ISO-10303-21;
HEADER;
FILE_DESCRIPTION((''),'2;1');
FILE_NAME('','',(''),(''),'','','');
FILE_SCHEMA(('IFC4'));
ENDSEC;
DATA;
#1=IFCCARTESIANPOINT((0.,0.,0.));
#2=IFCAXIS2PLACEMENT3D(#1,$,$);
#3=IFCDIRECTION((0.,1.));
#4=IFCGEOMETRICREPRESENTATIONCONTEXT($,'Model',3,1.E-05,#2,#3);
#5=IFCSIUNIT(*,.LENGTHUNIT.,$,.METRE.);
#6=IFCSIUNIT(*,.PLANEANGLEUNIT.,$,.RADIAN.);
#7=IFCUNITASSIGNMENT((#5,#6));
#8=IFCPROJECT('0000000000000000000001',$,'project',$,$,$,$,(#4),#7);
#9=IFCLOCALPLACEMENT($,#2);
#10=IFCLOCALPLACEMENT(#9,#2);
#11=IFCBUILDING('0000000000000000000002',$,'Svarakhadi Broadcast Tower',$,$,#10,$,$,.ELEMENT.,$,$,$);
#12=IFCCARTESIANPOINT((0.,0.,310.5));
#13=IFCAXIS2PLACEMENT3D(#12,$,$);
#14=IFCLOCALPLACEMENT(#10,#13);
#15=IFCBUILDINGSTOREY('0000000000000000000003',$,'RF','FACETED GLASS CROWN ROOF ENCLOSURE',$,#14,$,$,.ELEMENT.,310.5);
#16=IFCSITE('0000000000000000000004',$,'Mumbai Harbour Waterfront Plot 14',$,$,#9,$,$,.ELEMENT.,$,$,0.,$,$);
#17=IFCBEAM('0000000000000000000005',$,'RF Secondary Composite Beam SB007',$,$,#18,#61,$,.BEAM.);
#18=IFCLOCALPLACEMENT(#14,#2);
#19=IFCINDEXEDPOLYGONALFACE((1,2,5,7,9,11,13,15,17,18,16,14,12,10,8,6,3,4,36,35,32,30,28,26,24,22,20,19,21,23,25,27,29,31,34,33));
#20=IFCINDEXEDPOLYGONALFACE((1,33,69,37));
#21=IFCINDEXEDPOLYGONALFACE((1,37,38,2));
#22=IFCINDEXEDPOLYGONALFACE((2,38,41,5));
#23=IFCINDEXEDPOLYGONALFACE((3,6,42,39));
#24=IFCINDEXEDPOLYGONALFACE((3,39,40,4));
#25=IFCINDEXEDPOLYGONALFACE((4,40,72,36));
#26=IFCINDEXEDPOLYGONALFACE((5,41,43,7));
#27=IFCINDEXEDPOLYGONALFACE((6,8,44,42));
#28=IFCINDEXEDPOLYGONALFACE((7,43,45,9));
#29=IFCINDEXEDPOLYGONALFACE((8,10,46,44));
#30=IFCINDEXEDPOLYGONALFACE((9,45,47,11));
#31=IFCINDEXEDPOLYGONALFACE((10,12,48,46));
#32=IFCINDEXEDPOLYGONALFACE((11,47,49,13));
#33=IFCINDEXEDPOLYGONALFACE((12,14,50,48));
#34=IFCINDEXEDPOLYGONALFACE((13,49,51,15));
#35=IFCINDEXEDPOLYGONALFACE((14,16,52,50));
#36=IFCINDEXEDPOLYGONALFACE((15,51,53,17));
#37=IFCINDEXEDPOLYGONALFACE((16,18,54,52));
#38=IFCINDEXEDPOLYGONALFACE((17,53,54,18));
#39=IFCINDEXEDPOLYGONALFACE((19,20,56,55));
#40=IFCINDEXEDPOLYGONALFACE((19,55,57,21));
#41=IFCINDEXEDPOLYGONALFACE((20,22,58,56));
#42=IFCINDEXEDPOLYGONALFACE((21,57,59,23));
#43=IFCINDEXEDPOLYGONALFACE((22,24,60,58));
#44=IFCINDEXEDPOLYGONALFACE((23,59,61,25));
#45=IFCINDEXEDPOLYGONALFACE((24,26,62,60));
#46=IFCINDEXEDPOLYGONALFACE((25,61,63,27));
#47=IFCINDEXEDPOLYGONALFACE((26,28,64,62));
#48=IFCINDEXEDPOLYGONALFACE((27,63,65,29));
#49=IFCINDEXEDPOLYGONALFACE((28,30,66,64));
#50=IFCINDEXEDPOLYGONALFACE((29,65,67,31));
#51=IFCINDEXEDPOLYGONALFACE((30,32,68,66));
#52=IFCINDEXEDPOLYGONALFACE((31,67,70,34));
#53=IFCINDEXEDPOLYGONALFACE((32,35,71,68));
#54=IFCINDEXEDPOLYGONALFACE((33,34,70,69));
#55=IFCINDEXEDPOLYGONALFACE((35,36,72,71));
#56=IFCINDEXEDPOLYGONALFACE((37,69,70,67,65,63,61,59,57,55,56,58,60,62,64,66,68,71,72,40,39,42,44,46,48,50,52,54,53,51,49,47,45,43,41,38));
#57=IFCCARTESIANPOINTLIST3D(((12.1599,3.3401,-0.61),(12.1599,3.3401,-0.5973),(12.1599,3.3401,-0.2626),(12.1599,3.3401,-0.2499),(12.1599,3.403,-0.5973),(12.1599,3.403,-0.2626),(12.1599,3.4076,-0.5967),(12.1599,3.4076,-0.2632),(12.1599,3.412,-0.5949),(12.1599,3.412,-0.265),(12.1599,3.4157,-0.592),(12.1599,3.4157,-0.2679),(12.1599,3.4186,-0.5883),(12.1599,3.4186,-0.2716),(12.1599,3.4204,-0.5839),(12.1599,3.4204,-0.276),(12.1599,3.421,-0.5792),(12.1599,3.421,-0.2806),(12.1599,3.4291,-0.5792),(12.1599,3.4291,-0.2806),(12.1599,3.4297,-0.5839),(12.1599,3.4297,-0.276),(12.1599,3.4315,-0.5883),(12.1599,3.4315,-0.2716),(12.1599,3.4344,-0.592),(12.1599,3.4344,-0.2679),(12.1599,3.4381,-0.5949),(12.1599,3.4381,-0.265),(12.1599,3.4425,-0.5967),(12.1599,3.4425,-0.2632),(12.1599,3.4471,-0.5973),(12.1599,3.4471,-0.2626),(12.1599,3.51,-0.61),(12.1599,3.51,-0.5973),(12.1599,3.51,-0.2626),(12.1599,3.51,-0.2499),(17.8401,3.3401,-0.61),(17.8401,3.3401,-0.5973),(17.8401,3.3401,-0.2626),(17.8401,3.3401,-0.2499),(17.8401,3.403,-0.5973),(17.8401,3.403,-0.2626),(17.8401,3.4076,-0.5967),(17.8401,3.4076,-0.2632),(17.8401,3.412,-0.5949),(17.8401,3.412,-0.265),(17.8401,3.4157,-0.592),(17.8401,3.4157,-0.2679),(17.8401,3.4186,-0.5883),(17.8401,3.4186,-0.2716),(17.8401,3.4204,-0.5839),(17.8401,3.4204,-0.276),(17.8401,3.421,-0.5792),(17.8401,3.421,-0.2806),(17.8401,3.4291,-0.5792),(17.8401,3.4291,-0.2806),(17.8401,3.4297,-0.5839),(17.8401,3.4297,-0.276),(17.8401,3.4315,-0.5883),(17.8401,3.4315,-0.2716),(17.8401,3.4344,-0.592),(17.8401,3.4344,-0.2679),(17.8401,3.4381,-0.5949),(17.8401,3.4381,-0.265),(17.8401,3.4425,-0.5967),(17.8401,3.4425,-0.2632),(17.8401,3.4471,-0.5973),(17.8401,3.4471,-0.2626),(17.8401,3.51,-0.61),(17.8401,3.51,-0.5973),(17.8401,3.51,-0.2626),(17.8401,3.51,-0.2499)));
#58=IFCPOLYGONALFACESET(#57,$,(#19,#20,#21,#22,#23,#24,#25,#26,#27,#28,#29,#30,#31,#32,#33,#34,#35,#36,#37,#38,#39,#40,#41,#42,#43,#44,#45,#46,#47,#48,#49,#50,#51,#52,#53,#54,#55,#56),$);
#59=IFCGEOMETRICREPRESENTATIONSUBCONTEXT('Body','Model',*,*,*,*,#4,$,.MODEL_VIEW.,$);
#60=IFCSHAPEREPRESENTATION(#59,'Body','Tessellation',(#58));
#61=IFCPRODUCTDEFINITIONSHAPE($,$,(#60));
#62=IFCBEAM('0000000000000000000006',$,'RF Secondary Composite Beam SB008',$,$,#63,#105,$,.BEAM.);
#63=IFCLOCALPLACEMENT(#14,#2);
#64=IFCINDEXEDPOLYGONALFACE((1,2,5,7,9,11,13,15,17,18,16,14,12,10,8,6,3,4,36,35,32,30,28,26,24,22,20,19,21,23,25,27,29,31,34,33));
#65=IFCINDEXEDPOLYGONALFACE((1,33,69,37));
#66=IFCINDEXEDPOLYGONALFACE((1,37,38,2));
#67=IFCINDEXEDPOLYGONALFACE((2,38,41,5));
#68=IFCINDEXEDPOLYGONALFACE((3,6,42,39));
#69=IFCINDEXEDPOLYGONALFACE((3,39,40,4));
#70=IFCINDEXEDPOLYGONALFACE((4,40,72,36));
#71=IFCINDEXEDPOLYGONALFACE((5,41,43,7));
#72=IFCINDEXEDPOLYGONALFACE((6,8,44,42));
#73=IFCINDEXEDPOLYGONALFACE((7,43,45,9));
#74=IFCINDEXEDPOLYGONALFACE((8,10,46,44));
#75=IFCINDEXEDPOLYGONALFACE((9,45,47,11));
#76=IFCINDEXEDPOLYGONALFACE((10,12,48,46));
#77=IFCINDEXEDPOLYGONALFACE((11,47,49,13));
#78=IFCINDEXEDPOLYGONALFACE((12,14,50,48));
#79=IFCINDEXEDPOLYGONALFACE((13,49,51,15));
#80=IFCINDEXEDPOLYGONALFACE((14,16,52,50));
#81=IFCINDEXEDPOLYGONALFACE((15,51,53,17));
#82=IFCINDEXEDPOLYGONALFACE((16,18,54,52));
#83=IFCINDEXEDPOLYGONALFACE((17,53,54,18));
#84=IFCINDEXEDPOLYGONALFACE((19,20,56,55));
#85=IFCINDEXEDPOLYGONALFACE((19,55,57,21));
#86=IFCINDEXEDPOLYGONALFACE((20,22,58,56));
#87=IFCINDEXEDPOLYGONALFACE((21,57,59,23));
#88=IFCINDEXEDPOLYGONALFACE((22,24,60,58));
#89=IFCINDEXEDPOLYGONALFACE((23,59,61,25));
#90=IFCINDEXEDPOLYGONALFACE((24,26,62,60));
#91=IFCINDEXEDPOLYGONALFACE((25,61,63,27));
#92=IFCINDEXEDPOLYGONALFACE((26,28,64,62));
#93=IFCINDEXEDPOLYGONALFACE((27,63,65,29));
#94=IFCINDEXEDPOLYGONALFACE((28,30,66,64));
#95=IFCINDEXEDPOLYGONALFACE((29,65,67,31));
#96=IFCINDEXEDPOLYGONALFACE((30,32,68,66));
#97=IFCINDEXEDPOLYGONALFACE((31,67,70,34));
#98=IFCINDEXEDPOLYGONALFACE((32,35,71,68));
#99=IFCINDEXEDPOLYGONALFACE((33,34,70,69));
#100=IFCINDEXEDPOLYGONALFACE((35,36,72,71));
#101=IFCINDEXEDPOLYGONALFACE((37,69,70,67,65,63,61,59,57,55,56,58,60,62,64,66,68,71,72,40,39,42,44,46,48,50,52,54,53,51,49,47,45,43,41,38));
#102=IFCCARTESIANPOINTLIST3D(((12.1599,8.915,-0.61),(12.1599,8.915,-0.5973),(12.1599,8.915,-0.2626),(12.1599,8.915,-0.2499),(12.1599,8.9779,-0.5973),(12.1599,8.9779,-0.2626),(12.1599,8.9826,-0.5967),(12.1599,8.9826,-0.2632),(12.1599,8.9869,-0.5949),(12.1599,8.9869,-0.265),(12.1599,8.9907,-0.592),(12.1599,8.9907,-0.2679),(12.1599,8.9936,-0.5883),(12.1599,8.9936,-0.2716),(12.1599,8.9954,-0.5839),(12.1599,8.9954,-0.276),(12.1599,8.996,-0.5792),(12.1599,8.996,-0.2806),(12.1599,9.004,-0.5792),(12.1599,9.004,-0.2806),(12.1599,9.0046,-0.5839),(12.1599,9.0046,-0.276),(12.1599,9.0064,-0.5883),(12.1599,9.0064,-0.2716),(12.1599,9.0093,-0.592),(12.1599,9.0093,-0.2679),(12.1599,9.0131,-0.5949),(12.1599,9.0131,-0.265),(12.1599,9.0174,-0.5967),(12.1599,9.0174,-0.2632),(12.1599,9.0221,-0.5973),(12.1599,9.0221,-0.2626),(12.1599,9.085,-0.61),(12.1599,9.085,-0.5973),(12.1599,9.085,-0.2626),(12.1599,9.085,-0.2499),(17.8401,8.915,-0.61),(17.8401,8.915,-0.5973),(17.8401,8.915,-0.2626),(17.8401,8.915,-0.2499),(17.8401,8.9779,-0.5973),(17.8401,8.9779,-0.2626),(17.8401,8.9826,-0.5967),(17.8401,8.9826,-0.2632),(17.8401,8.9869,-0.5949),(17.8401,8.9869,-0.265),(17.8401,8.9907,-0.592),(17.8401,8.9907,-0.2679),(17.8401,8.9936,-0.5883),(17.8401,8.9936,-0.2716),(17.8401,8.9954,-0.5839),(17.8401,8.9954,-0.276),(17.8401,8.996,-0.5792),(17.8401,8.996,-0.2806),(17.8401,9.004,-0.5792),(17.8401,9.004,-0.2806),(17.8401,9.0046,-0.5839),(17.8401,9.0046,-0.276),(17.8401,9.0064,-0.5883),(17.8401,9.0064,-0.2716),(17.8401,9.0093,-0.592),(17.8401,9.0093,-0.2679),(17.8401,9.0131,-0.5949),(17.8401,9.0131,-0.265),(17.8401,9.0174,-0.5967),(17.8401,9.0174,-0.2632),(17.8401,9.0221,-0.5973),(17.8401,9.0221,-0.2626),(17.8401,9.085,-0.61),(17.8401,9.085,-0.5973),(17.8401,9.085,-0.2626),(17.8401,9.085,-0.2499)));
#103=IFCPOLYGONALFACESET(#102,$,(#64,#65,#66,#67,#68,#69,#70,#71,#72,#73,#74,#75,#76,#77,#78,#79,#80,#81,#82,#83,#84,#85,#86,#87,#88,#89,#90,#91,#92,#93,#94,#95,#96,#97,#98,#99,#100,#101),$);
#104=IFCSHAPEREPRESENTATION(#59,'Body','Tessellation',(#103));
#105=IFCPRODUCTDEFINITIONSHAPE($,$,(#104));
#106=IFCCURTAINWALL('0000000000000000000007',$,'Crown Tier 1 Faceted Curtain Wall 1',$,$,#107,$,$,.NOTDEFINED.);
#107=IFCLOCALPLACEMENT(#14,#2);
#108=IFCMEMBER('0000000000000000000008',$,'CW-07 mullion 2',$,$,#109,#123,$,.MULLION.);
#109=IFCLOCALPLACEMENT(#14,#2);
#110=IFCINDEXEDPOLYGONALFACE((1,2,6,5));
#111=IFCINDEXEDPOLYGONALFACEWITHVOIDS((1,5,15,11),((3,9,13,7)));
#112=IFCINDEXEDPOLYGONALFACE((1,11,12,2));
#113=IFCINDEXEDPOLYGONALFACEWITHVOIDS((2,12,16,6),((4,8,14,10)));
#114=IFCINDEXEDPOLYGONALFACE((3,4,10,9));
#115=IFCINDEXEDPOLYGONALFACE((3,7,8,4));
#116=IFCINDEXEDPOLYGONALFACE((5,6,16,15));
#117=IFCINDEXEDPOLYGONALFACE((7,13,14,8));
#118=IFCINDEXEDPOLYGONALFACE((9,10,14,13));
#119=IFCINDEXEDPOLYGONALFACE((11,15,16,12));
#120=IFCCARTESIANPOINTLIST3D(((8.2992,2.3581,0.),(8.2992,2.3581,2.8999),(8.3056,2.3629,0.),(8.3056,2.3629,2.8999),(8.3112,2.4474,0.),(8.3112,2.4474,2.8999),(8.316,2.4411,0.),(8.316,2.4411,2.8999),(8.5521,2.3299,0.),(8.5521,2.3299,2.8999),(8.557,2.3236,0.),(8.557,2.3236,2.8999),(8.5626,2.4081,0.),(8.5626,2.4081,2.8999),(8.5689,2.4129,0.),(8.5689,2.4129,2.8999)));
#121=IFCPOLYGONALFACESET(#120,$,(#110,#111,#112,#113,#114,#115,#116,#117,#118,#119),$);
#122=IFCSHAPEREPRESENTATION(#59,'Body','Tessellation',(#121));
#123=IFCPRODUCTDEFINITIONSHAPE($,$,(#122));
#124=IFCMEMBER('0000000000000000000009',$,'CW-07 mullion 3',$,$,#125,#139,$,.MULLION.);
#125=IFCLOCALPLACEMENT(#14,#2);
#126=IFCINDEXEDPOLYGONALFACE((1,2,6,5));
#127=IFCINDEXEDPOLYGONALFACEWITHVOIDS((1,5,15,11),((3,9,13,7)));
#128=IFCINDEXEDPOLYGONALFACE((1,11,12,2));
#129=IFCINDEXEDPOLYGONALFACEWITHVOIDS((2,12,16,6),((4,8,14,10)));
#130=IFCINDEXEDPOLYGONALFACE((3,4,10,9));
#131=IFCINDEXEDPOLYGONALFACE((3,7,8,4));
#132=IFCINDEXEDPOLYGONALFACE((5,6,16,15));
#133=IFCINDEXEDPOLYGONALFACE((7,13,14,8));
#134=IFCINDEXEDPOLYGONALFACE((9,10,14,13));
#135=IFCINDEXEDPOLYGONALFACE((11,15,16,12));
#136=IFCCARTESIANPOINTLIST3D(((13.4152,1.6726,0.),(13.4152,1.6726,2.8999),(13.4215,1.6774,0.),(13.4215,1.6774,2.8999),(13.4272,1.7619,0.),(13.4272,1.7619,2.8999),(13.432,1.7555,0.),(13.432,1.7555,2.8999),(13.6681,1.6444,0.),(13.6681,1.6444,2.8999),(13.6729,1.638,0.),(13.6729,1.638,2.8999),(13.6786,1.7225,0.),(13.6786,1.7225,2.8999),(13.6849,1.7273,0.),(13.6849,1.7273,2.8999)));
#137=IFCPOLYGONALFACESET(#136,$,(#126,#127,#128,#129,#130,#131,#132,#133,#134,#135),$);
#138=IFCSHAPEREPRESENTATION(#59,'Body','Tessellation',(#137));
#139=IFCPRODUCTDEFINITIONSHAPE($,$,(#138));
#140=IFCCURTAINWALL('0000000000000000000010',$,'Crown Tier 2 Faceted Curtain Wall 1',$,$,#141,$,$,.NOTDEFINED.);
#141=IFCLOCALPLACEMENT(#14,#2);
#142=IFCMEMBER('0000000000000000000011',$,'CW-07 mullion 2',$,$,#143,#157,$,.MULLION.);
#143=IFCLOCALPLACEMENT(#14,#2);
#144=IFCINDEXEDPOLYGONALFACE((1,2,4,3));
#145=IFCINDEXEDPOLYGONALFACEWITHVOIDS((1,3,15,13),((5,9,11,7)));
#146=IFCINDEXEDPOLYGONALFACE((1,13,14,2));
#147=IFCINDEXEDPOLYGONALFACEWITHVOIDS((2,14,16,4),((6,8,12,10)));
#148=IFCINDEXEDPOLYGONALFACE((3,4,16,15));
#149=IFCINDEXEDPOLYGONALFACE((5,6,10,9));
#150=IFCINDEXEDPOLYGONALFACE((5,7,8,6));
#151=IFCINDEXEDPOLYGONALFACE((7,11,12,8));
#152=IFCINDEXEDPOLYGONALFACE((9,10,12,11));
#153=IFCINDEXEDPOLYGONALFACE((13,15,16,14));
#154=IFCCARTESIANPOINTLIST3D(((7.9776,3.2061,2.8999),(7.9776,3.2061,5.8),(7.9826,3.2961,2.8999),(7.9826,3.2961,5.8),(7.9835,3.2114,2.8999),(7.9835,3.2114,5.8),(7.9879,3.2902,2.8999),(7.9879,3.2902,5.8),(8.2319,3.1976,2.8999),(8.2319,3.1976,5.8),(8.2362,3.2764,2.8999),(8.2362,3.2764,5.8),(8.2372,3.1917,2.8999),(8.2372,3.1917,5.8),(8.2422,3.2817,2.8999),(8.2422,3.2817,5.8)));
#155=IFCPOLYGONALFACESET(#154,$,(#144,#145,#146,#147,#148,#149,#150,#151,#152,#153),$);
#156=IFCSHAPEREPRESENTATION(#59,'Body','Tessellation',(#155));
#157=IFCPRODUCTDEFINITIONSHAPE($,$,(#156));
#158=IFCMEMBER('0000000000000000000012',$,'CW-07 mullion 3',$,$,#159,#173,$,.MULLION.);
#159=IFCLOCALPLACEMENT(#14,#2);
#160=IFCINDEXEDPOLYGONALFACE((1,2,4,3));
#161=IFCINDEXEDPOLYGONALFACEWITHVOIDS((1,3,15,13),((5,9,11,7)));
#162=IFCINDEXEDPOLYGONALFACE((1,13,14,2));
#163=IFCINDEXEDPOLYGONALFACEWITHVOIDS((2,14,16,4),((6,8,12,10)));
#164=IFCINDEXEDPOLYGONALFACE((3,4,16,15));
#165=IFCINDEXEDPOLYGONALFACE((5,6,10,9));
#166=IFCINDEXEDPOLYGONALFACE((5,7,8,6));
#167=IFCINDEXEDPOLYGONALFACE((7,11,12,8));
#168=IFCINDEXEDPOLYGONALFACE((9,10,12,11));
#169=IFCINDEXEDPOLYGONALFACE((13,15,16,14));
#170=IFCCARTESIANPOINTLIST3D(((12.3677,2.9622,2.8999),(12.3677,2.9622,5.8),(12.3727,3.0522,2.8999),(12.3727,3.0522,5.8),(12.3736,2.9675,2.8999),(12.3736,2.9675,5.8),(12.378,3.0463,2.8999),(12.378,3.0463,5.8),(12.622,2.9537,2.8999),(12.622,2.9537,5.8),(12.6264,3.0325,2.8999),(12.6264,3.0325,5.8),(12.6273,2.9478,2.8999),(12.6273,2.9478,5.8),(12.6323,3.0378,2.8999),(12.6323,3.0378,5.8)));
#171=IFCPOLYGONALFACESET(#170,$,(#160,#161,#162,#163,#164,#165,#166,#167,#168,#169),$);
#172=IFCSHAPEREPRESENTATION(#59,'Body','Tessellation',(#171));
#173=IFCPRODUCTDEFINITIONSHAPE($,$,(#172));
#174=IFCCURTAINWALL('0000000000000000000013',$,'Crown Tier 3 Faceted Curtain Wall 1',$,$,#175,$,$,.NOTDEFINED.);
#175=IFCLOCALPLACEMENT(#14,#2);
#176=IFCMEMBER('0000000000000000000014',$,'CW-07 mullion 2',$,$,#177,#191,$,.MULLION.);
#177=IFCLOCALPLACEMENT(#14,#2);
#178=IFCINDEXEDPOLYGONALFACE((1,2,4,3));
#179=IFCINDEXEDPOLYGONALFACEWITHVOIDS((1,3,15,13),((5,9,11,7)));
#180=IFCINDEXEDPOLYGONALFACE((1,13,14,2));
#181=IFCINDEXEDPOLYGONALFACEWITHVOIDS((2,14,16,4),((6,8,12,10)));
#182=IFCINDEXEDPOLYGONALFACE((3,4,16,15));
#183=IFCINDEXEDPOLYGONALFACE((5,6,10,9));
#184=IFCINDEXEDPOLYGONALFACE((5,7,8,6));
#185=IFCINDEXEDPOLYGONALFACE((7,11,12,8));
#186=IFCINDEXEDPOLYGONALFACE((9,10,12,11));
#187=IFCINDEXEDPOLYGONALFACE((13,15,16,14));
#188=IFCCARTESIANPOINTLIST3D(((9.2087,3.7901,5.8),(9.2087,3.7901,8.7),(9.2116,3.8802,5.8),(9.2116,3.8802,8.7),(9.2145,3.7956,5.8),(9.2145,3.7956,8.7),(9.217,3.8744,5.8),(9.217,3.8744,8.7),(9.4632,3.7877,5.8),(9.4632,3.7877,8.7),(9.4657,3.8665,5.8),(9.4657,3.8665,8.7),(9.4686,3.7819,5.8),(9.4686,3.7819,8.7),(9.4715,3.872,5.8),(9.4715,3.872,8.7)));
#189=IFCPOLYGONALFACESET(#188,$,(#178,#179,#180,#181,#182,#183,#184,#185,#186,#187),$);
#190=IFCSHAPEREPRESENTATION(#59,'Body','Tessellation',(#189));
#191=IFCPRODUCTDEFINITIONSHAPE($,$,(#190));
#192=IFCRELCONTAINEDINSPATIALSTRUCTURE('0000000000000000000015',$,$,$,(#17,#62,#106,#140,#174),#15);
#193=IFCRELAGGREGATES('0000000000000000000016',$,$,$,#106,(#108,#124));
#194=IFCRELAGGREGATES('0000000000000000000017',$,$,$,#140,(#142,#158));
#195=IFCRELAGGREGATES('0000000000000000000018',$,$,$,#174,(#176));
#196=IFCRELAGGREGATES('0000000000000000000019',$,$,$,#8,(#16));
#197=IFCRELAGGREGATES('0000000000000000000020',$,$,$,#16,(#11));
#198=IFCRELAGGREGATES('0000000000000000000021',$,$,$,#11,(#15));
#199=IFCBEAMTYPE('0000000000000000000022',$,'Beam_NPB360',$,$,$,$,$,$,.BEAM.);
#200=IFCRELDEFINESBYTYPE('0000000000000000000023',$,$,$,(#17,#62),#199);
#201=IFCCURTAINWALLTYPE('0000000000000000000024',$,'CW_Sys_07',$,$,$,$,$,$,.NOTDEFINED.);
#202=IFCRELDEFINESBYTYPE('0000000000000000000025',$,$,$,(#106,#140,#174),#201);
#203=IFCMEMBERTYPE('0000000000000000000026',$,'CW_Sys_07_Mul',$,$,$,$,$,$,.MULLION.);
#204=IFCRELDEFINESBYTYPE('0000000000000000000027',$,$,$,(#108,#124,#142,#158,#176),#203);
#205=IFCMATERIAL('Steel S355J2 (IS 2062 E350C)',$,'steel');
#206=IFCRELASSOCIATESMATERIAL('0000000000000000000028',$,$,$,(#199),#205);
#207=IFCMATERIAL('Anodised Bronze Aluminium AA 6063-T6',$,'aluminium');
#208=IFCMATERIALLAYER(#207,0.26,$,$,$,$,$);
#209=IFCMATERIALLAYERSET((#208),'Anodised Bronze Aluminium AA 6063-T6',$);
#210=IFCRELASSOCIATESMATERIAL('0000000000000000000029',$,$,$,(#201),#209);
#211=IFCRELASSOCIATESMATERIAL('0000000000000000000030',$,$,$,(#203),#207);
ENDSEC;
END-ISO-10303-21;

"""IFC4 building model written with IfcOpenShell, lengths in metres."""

from ifc_helpers import new_model, si_unit, direction, frame, origin, origin_2d, place, context, subcontext, project, spatial, hollow_rectangle, i_section, extrude, material, layer, layer_set, material_profile, profile_set, type_object, element, aggregate, save


model = new_model("IFC4")

# Units and contexts
model_context = context("Model", 3, precision=1e-05, world=origin(), true_north=direction((0.0, 1.0)))
body_context = subcontext(model_context, "Body", "Model", "MODEL_VIEW")
ifc_project = project(units=[si_unit("LENGTHUNIT", "METRE"), si_unit("PLANEANGLEUNIT", "RADIAN")], contexts=[model_context])

# Site, building, storey
site_placement = place(None, origin())
site = spatial("IfcSite", under=ifc_project, at=site_placement, Name="Mumbai Harbour Waterfront Plot 14", CompositionType="ELEMENT", RefElevation=0.0)
building_placement = place(site_placement, origin())
building = spatial("IfcBuilding", under=site, at=building_placement, Name="Svarakhadi Broadcast Tower", CompositionType="ELEMENT")
storey_placement = place(building_placement, frame((0.0, 0.0, 310.5)))
storey = spatial("IfcBuildingStorey", under=building, at=storey_placement, Name="RF", Description="FACETED GLASS CROWN ROOF ENCLOSURE", CompositionType="ELEMENT", Elevation=310.5)

# Beams
ifc_material_1 = material(Name="Steel S355J2 (IS 2062 E350C)", Category="steel")
ifc_material_profile_1 = material_profile(ifc_material_1, i_section(OverallWidth=0.1699, OverallDepth=0.3601, WebThickness=0.0081, FlangeThickness=0.0127, FilletRadius=0.0181, at=origin_2d()), Name="NPB 360x170x57")
ifc_profile_set_1 = profile_set([ifc_material_profile_1], Name="Steel S355J2 (IS 2062 E350C)")
beam_type_1 = type_object("IfcBeamType", Name="Beam_NPB360", PredefinedType="BEAM", material=ifc_profile_set_1)
for number, where, z_axis, x_axis, name in (
    (1, (12.1599, 3.425, -0.4299), (1.0, 0.0, 0.0), (0.0, 1.0, 0.0), "RF Secondary Composite Beam SB007"),
    (2, (12.1599, 9.0, -0.4299), (1.0, 0.0, 0.0), (0.0, 1.0, 0.0), "RF Secondary Composite Beam SB008"),
):
    element("IfcBeam", number, at=place(storey_placement, frame(where, z_axis=z_axis, x_axis=x_axis)), inside=storey, type_object=beam_type_1, Name=name, PredefinedType="BEAM", context=body_context, shape_type="SweptSolid", body=[
        extrude(i_section(OverallWidth=0.1699, OverallDepth=0.3601, WebThickness=0.0081, FlangeThickness=0.0127, FilletRadius=0.0181, at=origin_2d()), origin(), (0.0, 0.0, 1.0), 5.6802),
    ])

# Curtain walls, members
ifc_material_2 = material(Name="Anodised Bronze Aluminium AA 6063-T6", Category="aluminium")
ifc_layer_1 = layer(ifc_material_2, 0.26)
ifc_layer_set_1 = layer_set([ifc_layer_1], Name="Anodised Bronze Aluminium AA 6063-T6")
curtain_wall_type = type_object("IfcCurtainWallType", Name="CW_Sys_07", PredefinedType="NOTDEFINED", material=ifc_layer_set_1)
curtain_wall_1_placement = place(storey_placement, origin())
curtain_wall_1 = element("IfcCurtainWall", 3, at=curtain_wall_1_placement, inside=storey, type_object=curtain_wall_type, Name="Crown Tier 1 Faceted Curtain Wall 1", PredefinedType="NOTDEFINED")
ifc_material_profile_2 = material_profile(ifc_material_2, hollow_rectangle(XDim=0.0901, YDim=0.26, WallThickness=0.0056, at=origin_2d()), Name="ALU MULLION 260x90x6")
ifc_profile_set_2 = profile_set([ifc_material_profile_2], Name="Anodised Bronze Aluminium AA 6063-T6")
member_type_1 = type_object("IfcMemberType", Name="CW_Sys_07_Mul", PredefinedType="MULLION", material=ifc_profile_set_2)
member_1_placement = place(storey_placement, frame((8.4341, 2.3855, 0.0), z_axis=(0.0, 0.0, 1.0), x_axis=(0.132787, 0.991145, 0.0)))
member_1 = element("IfcMember", 4, at=member_1_placement, type_object=member_type_1, Name="CW-07 mullion 2", PredefinedType="MULLION", context=body_context, shape_type="SweptSolid", body=[
    extrude(hollow_rectangle(XDim=0.0901, YDim=0.26, WallThickness=0.0056, at=origin_2d()), origin(), (0.0, 0.0, 1.0), 2.8999),
])
member_2_placement = place(storey_placement, frame((13.55, 1.7, 0.0), z_axis=(0.0, 0.0, 1.0), x_axis=(0.132787, 0.991145, 0.0)))
member_2 = element("IfcMember", 5, at=member_2_placement, type_object=member_type_1, Name="CW-07 mullion 3", PredefinedType="MULLION", context=body_context, shape_type="SweptSolid", body=[
    extrude(hollow_rectangle(XDim=0.0901, YDim=0.26, WallThickness=0.0056, at=origin_2d()), origin(), (0.0, 0.0, 1.0), 2.8999),
])
curtain_wall_2_placement = place(storey_placement, origin())
curtain_wall_2 = element("IfcCurtainWall", 6, at=curtain_wall_2_placement, inside=storey, type_object=curtain_wall_type, Name="Crown Tier 2 Faceted Curtain Wall 1", PredefinedType="NOTDEFINED")
member_3_placement = place(storey_placement, frame((8.1099, 3.2439, 2.8999), z_axis=(0.0, 0.0, 1.0), x_axis=(0.055471, 0.99846, 0.0)))
member_3 = element("IfcMember", 7, at=member_3_placement, type_object=member_type_1, Name="CW-07 mullion 2", PredefinedType="MULLION", context=body_context, shape_type="SweptSolid", body=[
    extrude(hollow_rectangle(XDim=0.0901, YDim=0.26, WallThickness=0.0056, at=origin_2d()), origin(), (0.0, 0.0, 1.0), 2.9001),
])
member_4_placement = place(storey_placement, frame((12.5, 3.0, 2.8999), z_axis=(0.0, 0.0, 1.0), x_axis=(0.055471, 0.99846, 0.0)))
member_4 = element("IfcMember", 8, at=member_4_placement, type_object=member_type_1, Name="CW-07 mullion 3", PredefinedType="MULLION", context=body_context, shape_type="SweptSolid", body=[
    extrude(hollow_rectangle(XDim=0.0901, YDim=0.26, WallThickness=0.0056, at=origin_2d()), origin(), (0.0, 0.0, 1.0), 2.9001),
])

# Curtain wall, member
curtain_wall_3_placement = place(storey_placement, origin())
curtain_wall_3 = element("IfcCurtainWall", 9, at=curtain_wall_3_placement, inside=storey, type_object=curtain_wall_type, Name="Crown Tier 3 Faceted Curtain Wall 1", PredefinedType="NOTDEFINED")
member_5_placement = place(storey_placement, frame((9.3401, 3.8311, 5.8), z_axis=(0.0, 0.0, 1.0), x_axis=(0.031624, 0.9995, 0.0)))
member_5 = element("IfcMember", 10, at=member_5_placement, type_object=member_type_1, Name="CW-07 mullion 2", PredefinedType="MULLION", context=body_context, shape_type="SweptSolid", body=[
    extrude(hollow_rectangle(XDim=0.0901, YDim=0.26, WallThickness=0.0056, at=origin_2d()), origin(), (0.0, 0.0, 1.0), 2.8999),
])

aggregate(curtain_wall_1, [member_1, member_2])
aggregate(curtain_wall_2, [member_3, member_4])
aggregate(curtain_wall_3, [member_5])

save(model, "model.ifc")
